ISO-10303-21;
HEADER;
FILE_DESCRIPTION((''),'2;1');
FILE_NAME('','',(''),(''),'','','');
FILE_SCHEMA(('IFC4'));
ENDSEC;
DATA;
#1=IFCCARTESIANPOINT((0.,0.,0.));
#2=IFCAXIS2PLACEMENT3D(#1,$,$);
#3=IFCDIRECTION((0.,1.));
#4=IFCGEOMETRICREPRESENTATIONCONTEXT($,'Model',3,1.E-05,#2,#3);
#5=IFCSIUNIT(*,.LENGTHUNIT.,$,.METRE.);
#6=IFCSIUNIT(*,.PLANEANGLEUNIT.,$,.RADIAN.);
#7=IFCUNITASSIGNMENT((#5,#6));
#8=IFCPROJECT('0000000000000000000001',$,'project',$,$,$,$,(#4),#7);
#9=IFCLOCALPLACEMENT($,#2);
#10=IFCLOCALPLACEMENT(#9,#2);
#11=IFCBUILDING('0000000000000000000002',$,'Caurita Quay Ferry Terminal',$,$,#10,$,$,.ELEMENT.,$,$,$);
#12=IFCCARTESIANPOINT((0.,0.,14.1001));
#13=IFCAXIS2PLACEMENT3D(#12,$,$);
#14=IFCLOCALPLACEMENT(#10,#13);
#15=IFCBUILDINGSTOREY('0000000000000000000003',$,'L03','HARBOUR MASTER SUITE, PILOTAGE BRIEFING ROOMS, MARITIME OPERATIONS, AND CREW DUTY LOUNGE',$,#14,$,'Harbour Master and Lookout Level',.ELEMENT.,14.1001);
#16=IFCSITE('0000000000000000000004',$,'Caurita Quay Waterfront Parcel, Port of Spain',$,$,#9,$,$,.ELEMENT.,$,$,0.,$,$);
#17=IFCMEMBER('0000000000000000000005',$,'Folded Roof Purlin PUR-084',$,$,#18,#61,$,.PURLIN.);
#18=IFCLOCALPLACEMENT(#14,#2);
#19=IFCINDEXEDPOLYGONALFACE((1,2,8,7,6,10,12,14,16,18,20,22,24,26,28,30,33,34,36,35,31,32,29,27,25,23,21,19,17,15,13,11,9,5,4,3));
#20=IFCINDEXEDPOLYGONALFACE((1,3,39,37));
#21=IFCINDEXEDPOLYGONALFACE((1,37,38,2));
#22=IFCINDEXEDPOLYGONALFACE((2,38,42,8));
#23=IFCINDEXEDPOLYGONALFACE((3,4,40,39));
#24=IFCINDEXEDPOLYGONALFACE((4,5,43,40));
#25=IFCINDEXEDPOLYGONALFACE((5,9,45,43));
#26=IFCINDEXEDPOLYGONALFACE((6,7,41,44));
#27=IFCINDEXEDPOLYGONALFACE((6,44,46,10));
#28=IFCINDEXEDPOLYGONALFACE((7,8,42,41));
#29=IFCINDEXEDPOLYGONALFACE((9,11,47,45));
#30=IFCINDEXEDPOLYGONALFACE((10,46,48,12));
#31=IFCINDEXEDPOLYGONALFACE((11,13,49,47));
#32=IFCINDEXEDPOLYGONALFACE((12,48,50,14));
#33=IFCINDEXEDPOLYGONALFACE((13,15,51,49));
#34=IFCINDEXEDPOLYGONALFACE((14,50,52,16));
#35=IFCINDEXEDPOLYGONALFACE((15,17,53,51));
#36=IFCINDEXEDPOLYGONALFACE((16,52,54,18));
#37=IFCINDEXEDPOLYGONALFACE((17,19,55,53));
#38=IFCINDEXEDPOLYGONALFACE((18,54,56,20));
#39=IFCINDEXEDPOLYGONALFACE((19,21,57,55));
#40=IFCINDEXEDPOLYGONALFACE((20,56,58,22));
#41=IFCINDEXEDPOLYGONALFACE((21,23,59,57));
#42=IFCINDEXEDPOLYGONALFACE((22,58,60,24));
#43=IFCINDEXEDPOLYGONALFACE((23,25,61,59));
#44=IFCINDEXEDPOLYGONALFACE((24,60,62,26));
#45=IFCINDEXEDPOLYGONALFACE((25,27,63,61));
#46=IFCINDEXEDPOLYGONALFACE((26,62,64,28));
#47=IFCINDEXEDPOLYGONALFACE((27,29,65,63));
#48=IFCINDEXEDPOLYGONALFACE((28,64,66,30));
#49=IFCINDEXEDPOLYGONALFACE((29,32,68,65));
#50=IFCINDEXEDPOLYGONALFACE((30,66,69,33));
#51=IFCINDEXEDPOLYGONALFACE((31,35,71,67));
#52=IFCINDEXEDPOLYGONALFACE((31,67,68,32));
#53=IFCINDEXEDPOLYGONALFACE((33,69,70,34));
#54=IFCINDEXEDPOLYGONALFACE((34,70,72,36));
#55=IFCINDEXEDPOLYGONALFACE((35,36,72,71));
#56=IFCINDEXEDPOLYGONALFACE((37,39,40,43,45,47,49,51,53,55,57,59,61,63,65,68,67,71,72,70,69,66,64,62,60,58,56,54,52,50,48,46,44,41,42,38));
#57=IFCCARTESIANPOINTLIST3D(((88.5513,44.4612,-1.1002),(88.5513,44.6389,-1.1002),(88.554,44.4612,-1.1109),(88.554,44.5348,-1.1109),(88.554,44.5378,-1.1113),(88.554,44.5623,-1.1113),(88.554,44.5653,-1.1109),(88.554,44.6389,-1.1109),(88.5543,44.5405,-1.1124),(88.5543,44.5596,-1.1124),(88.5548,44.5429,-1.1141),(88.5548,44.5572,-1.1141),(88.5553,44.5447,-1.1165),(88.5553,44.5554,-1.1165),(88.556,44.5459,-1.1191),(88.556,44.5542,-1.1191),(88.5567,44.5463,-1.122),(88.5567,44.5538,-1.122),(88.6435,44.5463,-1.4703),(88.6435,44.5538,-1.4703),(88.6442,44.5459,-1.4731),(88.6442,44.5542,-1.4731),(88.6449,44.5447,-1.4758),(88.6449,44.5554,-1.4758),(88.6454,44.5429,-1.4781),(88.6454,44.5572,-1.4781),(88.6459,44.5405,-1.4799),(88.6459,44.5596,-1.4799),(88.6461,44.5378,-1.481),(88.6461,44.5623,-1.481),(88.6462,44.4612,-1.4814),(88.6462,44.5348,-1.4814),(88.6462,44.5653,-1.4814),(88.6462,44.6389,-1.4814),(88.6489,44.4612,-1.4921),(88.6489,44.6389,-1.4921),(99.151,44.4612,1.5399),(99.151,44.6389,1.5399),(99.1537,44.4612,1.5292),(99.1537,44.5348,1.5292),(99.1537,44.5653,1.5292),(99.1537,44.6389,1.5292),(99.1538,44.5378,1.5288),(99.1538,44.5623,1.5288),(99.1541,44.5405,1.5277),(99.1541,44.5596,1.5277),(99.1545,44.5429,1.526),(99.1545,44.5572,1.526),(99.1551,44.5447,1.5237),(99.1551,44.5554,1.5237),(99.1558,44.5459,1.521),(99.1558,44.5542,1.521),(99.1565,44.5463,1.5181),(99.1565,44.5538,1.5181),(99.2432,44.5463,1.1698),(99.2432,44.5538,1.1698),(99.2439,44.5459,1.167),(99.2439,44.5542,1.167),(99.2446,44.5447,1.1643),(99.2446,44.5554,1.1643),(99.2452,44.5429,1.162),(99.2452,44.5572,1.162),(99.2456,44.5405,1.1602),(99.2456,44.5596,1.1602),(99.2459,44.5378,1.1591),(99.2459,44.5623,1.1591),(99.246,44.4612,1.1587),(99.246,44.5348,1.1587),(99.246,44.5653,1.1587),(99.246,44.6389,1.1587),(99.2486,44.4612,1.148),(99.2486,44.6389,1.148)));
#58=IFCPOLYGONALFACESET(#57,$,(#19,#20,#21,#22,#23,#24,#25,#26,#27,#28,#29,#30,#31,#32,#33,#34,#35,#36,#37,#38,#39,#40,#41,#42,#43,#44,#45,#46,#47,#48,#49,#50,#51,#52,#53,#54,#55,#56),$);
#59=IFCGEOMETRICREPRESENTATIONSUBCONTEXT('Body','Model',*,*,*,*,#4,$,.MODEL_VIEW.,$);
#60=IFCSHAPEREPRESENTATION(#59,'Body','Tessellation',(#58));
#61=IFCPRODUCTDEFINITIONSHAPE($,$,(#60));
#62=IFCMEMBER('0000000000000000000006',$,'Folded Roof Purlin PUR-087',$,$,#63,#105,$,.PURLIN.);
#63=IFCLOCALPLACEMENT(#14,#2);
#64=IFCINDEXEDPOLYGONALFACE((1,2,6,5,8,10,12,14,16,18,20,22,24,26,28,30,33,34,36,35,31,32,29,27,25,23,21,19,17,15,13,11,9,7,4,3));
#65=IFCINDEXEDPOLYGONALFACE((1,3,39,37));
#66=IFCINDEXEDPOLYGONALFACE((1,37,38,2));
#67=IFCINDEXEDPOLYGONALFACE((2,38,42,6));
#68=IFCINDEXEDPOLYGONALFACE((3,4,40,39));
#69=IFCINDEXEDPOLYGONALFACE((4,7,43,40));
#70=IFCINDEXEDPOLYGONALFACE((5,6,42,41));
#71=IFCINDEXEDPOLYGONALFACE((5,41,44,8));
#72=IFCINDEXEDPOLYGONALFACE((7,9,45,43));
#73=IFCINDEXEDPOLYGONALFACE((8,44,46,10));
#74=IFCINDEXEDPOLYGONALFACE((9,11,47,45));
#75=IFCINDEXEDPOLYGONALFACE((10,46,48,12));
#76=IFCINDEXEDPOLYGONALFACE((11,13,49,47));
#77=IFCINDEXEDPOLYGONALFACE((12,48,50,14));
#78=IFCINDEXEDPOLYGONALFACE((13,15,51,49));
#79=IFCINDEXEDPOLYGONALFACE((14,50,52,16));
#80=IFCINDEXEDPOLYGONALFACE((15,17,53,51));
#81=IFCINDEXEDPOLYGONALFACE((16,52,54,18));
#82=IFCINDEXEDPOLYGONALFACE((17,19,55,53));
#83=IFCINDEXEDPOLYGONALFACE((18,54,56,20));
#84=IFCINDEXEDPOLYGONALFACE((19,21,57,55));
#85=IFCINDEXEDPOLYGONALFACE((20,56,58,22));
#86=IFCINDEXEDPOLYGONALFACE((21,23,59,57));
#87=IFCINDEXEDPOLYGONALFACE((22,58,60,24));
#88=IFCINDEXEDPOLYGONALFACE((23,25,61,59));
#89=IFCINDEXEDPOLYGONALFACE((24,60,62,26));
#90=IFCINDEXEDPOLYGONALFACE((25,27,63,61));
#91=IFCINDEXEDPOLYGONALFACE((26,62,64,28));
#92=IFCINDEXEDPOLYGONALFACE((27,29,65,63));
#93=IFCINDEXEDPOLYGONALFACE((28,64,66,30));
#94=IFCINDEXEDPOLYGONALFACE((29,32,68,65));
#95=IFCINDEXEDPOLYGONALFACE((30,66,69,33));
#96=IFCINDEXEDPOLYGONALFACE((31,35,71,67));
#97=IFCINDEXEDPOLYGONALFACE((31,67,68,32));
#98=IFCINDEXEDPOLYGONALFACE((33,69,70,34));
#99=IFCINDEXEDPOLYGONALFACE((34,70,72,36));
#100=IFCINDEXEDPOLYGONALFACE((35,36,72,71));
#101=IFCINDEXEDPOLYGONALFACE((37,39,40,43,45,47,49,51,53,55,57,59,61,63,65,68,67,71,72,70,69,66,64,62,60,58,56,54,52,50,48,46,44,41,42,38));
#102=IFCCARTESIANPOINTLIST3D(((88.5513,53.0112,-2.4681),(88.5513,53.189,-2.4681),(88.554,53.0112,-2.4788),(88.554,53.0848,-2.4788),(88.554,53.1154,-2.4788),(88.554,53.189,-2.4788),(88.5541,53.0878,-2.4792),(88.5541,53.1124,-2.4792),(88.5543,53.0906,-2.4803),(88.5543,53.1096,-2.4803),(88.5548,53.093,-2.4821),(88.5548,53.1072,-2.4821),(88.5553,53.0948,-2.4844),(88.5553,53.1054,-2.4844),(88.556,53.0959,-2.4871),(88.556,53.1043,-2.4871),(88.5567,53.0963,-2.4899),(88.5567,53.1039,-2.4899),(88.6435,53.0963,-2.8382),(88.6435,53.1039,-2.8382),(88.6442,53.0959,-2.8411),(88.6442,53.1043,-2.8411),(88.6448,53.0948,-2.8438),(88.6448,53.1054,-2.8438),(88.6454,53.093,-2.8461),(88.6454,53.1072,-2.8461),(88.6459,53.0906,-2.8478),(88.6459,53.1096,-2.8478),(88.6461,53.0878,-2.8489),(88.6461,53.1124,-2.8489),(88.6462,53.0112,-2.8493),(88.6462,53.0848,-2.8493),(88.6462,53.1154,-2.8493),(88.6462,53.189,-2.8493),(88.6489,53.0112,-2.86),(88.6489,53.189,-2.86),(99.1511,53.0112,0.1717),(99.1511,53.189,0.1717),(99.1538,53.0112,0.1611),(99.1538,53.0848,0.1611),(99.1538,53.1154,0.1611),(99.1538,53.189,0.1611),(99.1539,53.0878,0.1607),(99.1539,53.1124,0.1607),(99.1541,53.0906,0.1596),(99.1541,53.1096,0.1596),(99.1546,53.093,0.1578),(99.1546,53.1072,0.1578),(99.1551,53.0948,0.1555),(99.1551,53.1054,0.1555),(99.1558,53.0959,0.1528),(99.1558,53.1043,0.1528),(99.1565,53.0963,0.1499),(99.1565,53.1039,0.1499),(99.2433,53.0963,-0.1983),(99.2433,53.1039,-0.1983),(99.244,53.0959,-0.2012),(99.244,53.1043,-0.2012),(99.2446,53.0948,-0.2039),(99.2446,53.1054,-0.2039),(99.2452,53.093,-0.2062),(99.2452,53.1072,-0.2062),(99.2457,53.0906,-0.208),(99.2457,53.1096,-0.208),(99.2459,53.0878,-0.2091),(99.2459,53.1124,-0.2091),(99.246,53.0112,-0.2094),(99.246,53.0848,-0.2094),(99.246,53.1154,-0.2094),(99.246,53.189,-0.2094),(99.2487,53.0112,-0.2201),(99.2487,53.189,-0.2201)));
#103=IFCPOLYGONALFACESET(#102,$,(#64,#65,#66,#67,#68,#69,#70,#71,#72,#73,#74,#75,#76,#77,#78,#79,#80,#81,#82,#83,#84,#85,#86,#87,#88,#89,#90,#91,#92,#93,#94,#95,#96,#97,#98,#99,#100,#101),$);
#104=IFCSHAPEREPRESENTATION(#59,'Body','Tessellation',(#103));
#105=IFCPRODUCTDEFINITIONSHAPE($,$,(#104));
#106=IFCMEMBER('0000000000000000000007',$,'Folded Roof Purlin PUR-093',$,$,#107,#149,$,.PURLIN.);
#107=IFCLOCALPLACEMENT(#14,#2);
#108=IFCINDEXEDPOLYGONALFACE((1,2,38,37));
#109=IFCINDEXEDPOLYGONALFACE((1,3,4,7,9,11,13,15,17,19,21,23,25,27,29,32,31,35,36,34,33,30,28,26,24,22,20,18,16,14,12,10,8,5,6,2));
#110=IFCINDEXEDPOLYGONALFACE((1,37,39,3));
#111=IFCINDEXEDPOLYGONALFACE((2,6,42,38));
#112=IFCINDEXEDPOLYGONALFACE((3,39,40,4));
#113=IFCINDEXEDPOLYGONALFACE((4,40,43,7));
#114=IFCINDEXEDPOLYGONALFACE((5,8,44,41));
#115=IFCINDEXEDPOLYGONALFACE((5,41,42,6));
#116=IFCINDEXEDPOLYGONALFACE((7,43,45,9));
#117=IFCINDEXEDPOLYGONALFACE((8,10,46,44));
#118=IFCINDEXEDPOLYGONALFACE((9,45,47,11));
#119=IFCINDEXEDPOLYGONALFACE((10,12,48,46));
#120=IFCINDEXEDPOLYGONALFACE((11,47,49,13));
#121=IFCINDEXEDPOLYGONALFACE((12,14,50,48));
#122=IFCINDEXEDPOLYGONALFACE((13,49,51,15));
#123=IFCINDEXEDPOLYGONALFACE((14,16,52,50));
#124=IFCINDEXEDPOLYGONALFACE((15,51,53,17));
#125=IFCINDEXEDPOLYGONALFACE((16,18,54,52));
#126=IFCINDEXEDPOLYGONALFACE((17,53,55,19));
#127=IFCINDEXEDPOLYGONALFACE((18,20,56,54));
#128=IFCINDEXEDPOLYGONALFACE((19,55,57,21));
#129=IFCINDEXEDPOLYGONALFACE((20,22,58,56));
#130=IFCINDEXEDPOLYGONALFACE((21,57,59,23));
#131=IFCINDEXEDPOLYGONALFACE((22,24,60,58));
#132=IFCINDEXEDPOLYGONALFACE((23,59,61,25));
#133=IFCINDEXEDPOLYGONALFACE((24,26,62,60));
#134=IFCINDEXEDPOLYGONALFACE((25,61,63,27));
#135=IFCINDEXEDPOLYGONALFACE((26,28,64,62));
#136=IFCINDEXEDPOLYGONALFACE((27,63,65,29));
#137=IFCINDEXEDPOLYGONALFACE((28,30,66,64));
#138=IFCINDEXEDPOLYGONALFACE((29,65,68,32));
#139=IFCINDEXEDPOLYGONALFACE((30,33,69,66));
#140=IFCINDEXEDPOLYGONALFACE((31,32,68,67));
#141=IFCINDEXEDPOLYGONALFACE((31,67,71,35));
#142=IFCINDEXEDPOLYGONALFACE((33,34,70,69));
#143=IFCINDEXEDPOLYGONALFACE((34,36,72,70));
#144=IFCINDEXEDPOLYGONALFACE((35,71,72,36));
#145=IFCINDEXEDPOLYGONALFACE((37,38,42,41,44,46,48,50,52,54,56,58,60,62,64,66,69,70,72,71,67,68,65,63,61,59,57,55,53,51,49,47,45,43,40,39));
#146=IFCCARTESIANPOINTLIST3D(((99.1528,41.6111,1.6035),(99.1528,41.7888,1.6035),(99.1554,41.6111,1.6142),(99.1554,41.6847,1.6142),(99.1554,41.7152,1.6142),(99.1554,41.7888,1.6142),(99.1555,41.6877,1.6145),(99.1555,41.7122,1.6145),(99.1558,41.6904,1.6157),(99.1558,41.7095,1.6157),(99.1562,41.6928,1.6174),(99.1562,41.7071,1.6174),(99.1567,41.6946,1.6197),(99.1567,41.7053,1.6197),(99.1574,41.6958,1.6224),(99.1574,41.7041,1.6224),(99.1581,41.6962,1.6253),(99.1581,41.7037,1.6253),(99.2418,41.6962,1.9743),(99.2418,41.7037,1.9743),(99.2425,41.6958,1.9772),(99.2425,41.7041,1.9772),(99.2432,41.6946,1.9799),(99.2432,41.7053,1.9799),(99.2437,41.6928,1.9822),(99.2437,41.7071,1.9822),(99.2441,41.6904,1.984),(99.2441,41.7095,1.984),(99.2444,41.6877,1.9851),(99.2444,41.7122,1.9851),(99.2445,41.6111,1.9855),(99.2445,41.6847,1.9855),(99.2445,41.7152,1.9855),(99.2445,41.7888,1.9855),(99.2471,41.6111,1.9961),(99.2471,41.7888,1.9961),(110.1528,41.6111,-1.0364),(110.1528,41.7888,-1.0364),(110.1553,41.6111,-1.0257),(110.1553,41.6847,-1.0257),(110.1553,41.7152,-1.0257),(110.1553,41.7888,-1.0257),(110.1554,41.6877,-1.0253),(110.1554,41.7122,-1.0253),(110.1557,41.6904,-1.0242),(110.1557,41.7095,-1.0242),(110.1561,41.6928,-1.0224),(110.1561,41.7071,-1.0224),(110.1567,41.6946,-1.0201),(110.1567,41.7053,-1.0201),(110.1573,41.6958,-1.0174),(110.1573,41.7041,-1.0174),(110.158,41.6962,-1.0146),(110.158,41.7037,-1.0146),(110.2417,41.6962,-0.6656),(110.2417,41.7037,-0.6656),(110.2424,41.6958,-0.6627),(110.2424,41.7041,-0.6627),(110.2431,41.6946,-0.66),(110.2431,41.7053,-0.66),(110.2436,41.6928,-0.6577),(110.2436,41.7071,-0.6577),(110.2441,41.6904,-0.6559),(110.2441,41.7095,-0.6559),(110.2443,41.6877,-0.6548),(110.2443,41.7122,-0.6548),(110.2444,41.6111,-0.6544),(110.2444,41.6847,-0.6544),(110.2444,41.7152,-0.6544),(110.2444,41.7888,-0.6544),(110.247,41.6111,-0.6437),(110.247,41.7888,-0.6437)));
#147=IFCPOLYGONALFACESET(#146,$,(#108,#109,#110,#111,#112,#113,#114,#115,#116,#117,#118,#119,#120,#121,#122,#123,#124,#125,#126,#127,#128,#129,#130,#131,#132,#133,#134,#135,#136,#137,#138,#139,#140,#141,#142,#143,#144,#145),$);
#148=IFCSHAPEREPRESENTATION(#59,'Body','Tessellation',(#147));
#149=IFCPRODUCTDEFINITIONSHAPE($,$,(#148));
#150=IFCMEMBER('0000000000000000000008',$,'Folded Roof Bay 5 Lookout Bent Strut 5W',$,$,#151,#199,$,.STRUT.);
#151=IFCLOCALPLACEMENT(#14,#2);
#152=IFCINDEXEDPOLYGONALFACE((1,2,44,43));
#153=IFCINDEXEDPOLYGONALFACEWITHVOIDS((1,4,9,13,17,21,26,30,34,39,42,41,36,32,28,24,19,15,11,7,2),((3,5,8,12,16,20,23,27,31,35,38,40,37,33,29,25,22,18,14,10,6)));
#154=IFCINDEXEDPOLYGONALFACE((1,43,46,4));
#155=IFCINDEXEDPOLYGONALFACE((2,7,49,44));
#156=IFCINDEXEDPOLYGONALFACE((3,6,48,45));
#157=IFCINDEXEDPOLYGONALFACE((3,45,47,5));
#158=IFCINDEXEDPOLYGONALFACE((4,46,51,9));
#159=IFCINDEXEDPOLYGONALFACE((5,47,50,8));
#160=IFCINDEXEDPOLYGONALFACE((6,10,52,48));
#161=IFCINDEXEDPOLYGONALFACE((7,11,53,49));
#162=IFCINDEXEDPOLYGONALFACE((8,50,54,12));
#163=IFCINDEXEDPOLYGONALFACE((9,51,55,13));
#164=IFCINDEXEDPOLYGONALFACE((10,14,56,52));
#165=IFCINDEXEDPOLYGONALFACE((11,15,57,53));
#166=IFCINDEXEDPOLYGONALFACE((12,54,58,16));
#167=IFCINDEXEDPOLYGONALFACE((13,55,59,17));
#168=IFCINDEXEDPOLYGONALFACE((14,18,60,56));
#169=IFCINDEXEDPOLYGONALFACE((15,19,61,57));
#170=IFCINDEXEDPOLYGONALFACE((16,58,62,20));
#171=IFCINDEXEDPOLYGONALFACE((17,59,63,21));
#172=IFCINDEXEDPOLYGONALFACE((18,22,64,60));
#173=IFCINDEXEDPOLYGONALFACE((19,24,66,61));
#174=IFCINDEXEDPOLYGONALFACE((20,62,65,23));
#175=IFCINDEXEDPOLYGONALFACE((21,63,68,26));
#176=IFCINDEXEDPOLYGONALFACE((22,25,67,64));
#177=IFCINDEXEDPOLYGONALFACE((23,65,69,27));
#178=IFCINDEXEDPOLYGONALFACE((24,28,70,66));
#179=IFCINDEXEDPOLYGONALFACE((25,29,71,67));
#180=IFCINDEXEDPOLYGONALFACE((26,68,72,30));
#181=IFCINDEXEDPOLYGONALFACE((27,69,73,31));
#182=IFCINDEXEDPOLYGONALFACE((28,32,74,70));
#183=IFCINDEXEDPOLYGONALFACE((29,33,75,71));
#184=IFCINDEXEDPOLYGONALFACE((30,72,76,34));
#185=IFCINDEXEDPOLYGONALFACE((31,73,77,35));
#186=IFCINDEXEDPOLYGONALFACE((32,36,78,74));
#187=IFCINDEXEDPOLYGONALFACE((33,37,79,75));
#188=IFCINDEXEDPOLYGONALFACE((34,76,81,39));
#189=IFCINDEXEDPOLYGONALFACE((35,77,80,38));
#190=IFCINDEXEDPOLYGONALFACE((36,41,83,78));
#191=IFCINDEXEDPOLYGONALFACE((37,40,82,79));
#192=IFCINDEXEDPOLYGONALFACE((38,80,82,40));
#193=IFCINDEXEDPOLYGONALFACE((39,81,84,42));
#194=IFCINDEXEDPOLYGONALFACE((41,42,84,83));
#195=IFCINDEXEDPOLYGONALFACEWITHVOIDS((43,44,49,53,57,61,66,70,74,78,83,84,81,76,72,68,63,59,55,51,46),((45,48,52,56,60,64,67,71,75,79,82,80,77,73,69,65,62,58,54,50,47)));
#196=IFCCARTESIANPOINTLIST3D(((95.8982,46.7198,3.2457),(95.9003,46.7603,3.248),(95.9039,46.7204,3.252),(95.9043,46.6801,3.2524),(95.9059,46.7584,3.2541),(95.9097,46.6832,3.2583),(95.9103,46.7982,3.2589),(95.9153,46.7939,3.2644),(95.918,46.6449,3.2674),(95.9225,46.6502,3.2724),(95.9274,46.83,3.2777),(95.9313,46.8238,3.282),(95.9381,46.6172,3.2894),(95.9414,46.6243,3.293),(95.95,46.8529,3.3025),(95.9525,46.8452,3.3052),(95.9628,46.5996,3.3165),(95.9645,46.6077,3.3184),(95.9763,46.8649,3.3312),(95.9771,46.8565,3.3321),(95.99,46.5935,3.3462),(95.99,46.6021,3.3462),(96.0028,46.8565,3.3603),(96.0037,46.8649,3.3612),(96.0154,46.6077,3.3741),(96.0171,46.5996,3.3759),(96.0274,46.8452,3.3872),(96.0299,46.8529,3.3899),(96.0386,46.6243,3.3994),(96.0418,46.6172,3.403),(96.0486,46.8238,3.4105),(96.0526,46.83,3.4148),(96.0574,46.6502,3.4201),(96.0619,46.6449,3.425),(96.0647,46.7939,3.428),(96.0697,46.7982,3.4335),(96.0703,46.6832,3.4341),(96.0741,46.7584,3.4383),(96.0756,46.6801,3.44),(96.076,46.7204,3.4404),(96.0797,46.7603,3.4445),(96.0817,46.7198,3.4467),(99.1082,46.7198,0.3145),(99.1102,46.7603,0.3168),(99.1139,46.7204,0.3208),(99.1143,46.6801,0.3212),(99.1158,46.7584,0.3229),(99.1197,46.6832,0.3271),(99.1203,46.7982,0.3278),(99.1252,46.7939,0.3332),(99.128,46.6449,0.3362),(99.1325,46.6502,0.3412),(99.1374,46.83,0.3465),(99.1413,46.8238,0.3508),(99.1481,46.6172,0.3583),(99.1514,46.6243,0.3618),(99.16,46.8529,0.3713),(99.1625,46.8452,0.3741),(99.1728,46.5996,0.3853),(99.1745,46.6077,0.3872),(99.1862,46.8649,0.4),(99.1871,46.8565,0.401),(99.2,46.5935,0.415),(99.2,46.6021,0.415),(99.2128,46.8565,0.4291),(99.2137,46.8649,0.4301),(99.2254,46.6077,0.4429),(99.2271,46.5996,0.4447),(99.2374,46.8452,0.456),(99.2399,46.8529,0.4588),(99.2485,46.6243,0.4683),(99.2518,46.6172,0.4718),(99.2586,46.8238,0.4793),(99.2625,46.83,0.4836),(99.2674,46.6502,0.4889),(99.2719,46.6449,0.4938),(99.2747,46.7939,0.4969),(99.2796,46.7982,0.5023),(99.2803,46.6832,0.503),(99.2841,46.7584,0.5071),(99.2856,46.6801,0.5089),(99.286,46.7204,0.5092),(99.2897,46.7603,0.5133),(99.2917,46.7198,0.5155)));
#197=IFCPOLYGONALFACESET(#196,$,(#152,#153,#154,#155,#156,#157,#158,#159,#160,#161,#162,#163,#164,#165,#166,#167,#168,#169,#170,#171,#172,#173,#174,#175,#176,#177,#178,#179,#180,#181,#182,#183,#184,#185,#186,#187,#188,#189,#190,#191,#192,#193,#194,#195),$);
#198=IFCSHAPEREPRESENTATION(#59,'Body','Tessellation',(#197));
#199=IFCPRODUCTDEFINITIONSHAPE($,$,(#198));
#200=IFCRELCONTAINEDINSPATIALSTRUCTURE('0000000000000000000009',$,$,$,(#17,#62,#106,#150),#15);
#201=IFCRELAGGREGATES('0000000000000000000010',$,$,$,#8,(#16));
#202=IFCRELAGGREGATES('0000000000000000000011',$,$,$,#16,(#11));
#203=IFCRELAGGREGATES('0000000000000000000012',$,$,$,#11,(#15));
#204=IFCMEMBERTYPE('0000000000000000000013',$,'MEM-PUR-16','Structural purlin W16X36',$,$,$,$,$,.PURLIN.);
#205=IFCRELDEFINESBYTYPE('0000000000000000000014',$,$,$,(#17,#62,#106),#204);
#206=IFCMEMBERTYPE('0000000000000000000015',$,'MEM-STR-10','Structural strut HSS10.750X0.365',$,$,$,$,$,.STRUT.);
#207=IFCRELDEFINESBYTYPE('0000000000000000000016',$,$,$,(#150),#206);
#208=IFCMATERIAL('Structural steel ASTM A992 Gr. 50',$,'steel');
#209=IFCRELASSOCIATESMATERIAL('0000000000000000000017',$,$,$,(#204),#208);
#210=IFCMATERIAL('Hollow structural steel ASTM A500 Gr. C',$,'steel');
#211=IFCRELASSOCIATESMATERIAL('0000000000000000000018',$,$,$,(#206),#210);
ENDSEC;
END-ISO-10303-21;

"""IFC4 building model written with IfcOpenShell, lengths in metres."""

from ifc_helpers import new_model, si_unit, direction, frame, origin, origin_2d, place, context, subcontext, project, spatial, hollow_circle, i_section, extrude, material, material_profile, profile_set, type_object, element, save


model = new_model("IFC4")

# Units and contexts
model_context = context("Model", 3, precision=1e-05, world=origin(), true_north=direction((0.0, 1.0)))
body_context = subcontext(model_context, "Body", "Model", "MODEL_VIEW")
ifc_project = project(units=[si_unit("LENGTHUNIT", "METRE"), si_unit("PLANEANGLEUNIT", "RADIAN")], contexts=[model_context])

# Site, building, storey
site_placement = place(None, origin())
site = spatial("IfcSite", under=ifc_project, at=site_placement, Name="Caurita Quay Waterfront Parcel, Port of Spain", CompositionType="ELEMENT", RefElevation=0.0)
building_placement = place(site_placement, origin())
building = spatial("IfcBuilding", under=site, at=building_placement, Name="Caurita Quay Ferry Terminal", CompositionType="ELEMENT")
storey_placement = place(building_placement, frame((0.0, 0.0, 14.1001)))
storey = spatial("IfcBuildingStorey", under=building, at=storey_placement, Name="L03", Description="HARBOUR MASTER SUITE, PILOTAGE BRIEFING ROOMS, MARITIME OPERATIONS, AND CREW DUTY LOUNGE", LongName="Harbour Master and Lookout Level", CompositionType="ELEMENT", Elevation=14.1001)

# Shared definitions
ifc_material_1 = material(Name="Hollow structural steel ASTM A500 Gr. C", Category="steel")

# Shared definitions
ifc_material_2 = material(Name="Structural steel ASTM A992 Gr. 50", Category="steel")

# Members
ifc_material_profile_1 = material_profile(ifc_material_2, i_section(OverallWidth=0.1777, OverallDepth=0.4038, WebThickness=0.0076, FlangeThickness=0.011, FilletRadius=0.0115, at=origin_2d()), Name="W16X36")
ifc_profile_set_1 = profile_set([ifc_material_profile_1], Name="Structural steel ASTM A992 Gr. 50")
member_type_1 = type_object("IfcMemberType", Name="MEM-PUR-16", Description="Structural purlin W16X36", PredefinedType="PURLIN", material=ifc_profile_set_1)
for number, where, z_axis, x_axis, name in (
    (1, (88.6001, 44.55, -1.2961), (0.970354, 0.0, 0.241689), (0.0, 1.0, 0.0), "Folded Roof Purlin PUR-084"),
    (2, (88.6001, 53.1001, -2.6641), (0.970359, 0.0, 0.241668), (0.0, 1.0, 0.0), "Folded Roof Purlin PUR-087"),
):
    element("IfcMember", number, at=place(storey_placement, frame(where, z_axis=z_axis, x_axis=x_axis)), inside=storey, type_object=member_type_1, Name=name, PredefinedType="PURLIN", context=body_context, shape_type="SweptSolid", body=[
        extrude(i_section(OverallWidth=0.1777, OverallDepth=0.4038, WebThickness=0.0076, FlangeThickness=0.011, FilletRadius=0.0115, at=origin_2d()), origin(), (0.0, 0.0, 1.0), 10.9236),
    ])
member_1_placement = place(storey_placement, frame((99.2, 41.7, 1.7998), z_axis=(0.972389, 0.0, -0.233364), x_axis=(0.0, 1.0, 0.0)))
element("IfcMember", 3, at=member_1_placement, inside=storey, type_object=member_type_1, Name="Folded Roof Purlin PUR-093", PredefinedType="PURLIN", context=body_context, shape_type="SweptSolid", body=[
    extrude(i_section(OverallWidth=0.1777, OverallDepth=0.4038, WebThickness=0.0076, FlangeThickness=0.011, FilletRadius=0.0115, at=origin_2d()), origin(), (0.0, 0.0, 1.0), 11.3123),
])
ifc_material_profile_2 = material_profile(ifc_material_1, hollow_circle(Radius=0.1365, WallThickness=0.0085, at=origin_2d()), Name="HSS10.750X0.365")
ifc_profile_set_2 = profile_set([ifc_material_profile_2], Name="Hollow structural steel ASTM A500 Gr. C")
member_type_2 = type_object("IfcMemberType", Name="MEM-STR-10", Description="Structural strut HSS10.750X0.365", PredefinedType="STRUT", material=ifc_profile_set_2)
member_2_placement = place(storey_placement, frame((99.2, 46.73, 0.415), z_axis=(-0.738449, 0.0, 0.674309), x_axis=(0.0, -1.0, 0.0)))
element("IfcMember", 4, at=member_2_placement, inside=storey, type_object=member_type_2, Name="Folded Roof Bay 5 Lookout Bent Strut 5W", PredefinedType="STRUT", context=body_context, shape_type="SweptSolid", body=[
    extrude(hollow_circle(Radius=0.1365, WallThickness=0.0085, at=origin_2d()), origin(), (0.0, 0.0, 1.0), 4.3469),
])

save(model, "model.ifc")
